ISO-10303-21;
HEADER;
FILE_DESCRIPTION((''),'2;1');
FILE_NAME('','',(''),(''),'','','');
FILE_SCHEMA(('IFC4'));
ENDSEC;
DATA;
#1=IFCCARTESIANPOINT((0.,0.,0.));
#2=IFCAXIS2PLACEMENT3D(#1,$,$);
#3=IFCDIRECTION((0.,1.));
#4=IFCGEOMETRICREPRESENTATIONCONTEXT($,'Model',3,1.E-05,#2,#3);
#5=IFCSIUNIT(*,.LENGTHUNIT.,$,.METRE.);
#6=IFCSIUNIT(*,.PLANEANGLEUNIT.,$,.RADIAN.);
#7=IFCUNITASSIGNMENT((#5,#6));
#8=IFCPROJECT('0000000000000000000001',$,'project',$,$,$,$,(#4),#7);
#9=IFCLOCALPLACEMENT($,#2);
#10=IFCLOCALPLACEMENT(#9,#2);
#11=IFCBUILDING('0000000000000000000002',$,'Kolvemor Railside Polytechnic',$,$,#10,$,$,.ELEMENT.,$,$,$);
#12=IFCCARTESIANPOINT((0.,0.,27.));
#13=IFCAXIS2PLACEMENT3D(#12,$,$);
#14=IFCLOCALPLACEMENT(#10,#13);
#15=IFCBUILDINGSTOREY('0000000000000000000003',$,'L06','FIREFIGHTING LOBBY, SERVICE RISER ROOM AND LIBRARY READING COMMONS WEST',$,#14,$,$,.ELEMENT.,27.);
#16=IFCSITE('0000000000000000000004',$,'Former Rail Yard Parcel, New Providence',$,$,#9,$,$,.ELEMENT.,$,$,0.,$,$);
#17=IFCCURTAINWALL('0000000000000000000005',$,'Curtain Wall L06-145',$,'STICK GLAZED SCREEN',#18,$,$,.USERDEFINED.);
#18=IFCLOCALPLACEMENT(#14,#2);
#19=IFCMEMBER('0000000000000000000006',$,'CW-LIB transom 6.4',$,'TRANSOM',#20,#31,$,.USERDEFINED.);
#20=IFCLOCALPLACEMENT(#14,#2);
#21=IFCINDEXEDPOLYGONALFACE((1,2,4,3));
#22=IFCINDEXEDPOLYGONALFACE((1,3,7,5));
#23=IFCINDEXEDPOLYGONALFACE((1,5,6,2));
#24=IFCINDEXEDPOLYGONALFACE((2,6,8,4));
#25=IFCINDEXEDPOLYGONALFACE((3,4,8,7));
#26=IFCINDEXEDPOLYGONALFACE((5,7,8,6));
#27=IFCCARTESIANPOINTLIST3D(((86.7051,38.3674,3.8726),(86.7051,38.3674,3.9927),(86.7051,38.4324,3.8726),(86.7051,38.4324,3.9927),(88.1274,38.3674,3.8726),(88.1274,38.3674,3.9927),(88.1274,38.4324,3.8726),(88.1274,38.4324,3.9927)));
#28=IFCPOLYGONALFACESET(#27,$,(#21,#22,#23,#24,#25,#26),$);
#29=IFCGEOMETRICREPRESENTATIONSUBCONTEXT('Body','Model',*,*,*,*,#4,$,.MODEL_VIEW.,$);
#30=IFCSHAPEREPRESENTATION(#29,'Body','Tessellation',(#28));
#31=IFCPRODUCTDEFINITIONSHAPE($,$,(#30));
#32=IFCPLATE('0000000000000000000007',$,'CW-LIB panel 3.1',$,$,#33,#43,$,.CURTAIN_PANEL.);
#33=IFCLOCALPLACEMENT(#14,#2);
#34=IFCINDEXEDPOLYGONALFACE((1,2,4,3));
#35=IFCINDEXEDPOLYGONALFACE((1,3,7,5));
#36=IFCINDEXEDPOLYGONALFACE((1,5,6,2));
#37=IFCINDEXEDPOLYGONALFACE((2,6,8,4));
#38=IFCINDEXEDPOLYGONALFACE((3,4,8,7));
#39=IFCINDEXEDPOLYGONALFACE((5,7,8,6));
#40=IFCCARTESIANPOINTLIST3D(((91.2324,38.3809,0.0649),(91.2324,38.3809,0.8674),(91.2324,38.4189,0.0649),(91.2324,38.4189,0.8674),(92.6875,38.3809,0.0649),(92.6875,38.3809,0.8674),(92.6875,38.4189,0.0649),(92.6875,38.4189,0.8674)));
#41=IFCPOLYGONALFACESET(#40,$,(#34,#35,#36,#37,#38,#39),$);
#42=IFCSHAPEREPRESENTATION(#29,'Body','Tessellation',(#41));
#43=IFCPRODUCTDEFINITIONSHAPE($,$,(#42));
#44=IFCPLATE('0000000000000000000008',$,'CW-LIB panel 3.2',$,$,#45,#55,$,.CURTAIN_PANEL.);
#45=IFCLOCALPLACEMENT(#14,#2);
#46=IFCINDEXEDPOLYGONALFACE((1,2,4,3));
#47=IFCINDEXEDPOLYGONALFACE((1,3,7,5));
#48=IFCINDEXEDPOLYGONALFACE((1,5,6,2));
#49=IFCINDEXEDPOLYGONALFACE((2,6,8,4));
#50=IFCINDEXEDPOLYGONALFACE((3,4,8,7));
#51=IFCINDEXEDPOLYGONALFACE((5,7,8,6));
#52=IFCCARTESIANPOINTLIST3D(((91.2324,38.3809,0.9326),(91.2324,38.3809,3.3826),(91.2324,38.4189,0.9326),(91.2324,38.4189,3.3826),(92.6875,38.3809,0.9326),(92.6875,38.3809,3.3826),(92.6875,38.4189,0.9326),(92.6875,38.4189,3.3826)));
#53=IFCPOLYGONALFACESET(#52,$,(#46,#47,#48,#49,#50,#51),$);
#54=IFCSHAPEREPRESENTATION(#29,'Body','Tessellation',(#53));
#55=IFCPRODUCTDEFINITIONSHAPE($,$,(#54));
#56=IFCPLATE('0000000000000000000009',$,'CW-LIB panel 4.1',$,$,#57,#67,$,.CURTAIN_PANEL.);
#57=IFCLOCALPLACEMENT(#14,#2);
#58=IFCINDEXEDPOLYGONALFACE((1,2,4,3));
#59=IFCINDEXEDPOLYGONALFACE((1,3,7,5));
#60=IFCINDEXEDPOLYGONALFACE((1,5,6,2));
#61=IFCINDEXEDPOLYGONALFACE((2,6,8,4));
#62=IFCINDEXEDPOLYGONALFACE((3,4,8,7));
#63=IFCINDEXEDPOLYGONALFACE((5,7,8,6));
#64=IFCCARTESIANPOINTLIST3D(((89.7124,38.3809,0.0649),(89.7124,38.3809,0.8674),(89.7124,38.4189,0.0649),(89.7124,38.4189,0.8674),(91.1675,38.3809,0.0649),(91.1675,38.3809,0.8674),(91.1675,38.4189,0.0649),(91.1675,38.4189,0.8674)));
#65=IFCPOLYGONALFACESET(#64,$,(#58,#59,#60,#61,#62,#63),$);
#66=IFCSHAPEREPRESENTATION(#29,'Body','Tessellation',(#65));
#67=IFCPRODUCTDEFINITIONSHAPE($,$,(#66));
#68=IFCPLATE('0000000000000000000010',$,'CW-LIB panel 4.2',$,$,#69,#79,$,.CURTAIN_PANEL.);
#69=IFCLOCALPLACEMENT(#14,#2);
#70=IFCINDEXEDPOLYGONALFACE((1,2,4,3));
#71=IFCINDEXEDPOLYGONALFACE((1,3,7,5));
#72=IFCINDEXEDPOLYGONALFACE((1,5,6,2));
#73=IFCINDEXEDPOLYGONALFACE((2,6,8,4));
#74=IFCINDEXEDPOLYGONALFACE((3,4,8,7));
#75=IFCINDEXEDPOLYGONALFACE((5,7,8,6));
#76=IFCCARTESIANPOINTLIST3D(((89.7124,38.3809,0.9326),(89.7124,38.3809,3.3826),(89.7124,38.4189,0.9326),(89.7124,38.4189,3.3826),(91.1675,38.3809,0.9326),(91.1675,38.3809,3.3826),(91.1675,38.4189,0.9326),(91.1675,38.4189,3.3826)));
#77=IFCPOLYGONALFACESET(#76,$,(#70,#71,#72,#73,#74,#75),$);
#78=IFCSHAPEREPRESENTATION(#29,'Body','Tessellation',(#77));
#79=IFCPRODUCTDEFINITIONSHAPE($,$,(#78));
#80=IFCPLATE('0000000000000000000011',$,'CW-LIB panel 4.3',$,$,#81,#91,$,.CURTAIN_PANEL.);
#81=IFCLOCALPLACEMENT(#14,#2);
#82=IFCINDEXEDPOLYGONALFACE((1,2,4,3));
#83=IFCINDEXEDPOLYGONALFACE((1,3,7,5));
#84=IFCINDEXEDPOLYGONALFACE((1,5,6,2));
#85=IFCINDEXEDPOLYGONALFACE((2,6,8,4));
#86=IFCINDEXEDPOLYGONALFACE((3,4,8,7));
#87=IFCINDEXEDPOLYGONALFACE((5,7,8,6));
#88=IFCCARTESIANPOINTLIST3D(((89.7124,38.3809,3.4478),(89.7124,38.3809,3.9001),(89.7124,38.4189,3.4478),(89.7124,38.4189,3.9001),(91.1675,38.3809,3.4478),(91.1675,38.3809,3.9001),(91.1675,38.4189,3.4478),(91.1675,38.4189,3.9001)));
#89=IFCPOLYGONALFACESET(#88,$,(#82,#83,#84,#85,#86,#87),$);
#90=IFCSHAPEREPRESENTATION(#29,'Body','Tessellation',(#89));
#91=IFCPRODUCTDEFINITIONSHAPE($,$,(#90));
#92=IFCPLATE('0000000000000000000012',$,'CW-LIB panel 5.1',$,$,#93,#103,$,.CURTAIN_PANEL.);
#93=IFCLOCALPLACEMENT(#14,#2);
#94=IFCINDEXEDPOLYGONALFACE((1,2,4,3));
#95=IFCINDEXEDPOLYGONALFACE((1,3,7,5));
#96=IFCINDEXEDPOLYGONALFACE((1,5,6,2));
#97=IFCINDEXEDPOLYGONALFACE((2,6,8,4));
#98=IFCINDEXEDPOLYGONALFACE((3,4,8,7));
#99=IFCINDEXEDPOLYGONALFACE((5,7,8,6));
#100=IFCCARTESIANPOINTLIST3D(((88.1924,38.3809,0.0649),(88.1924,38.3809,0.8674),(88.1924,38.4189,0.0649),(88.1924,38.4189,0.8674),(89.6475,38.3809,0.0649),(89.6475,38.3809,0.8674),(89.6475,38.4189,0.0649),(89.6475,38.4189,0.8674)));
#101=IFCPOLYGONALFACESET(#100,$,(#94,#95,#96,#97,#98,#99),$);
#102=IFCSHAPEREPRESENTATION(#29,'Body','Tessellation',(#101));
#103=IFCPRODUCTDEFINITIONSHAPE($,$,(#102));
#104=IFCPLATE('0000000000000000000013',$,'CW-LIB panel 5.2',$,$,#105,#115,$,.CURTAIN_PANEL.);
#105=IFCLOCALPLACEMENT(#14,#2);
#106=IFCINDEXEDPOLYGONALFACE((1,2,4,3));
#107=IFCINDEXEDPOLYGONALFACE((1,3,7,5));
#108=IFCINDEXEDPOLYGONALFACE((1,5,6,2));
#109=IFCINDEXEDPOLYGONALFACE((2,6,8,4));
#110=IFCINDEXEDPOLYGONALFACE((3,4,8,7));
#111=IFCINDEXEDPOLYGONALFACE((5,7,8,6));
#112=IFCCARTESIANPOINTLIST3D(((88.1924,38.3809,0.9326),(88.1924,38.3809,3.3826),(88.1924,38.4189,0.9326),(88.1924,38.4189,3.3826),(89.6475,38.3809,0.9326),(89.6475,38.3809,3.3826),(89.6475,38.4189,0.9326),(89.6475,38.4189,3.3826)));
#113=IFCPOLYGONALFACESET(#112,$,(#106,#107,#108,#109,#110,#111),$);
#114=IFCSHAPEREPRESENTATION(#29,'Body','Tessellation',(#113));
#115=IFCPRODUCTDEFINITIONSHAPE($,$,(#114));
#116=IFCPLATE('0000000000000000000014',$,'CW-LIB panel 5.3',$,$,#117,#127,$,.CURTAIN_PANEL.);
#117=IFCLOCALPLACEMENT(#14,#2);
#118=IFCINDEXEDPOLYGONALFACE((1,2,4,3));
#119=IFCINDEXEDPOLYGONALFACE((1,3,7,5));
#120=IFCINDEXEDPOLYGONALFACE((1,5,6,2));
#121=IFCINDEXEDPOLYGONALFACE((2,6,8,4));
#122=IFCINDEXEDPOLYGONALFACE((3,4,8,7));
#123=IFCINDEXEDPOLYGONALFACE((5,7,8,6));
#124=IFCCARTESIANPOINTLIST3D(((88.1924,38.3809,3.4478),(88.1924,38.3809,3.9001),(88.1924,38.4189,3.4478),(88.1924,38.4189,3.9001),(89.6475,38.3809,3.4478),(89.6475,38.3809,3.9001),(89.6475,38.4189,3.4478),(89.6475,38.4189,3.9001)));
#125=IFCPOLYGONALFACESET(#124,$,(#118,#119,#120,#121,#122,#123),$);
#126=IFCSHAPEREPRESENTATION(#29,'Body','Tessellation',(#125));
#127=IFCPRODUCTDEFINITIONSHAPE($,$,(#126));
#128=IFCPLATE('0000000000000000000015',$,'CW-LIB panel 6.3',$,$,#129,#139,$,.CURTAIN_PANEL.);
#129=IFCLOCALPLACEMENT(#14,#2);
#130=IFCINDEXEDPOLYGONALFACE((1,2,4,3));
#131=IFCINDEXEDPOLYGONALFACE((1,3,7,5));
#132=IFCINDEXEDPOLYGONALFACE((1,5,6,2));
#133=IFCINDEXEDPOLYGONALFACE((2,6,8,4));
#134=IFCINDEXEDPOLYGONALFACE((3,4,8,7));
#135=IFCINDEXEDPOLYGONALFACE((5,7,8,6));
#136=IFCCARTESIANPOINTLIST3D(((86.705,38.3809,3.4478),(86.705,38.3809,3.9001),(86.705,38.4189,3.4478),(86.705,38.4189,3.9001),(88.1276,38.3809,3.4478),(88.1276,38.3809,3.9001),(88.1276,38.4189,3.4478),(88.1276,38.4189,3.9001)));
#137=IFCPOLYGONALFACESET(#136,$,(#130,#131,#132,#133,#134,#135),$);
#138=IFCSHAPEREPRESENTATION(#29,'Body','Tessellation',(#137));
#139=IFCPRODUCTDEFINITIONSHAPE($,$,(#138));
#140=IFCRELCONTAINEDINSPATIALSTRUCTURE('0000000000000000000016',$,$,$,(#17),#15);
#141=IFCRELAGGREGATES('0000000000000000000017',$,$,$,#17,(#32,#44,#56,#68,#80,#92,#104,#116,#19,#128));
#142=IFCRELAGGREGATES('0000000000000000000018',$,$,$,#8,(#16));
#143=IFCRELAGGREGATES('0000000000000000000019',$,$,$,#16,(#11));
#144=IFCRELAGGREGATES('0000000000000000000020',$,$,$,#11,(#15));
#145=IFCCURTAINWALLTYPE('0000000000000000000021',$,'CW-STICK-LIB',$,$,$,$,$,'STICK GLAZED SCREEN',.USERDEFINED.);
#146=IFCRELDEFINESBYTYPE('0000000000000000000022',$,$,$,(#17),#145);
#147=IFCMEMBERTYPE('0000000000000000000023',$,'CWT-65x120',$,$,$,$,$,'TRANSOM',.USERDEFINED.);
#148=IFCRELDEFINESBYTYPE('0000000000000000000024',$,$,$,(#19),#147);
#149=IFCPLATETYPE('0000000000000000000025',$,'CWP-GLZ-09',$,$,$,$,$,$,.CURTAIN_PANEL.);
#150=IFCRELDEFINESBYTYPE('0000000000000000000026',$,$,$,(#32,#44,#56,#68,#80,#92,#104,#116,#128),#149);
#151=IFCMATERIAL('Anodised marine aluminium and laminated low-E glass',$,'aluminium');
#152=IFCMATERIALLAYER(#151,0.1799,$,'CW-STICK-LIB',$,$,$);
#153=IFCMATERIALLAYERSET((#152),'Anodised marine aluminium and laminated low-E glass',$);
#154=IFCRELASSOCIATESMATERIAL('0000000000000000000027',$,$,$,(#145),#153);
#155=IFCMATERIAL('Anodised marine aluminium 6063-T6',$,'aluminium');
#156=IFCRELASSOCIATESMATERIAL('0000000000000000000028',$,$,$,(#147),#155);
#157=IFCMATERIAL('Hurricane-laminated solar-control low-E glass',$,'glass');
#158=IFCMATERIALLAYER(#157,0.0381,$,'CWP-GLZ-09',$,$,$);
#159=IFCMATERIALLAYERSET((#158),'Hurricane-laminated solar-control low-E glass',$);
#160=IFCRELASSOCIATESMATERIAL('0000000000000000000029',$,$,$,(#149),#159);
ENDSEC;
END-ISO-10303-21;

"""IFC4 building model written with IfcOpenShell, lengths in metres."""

from ifc_helpers import new_model, si_unit, direction, frame, origin, origin_2d, place, context, subcontext, project, spatial, rectangle, extrude, material, layer, layer_set, material_profile, profile_set, type_object, element, aggregate, save


model = new_model("IFC4")

# Units and contexts
model_context = context("Model", 3, precision=1e-05, world=origin(), true_north=direction((0.0, 1.0)))
body_context = subcontext(model_context, "Body", "Model", "MODEL_VIEW")
ifc_project = project(units=[si_unit("LENGTHUNIT", "METRE"), si_unit("PLANEANGLEUNIT", "RADIAN")], contexts=[model_context])

# Site, building, storey
site_placement = place(None, origin())
site = spatial("IfcSite", under=ifc_project, at=site_placement, Name="Former Rail Yard Parcel, New Providence", CompositionType="ELEMENT", RefElevation=0.0)
building_placement = place(site_placement, origin())
building = spatial("IfcBuilding", under=site, at=building_placement, Name="Kolvemor Railside Polytechnic", CompositionType="ELEMENT")
storey_placement = place(building_placement, frame((0.0, 0.0, 27.0)))
storey = spatial("IfcBuildingStorey", under=building, at=storey_placement, Name="L06", Description="FIREFIGHTING LOBBY, SERVICE RISER ROOM AND LIBRARY READING COMMONS WEST", CompositionType="ELEMENT", Elevation=27.0)

# Curtain wall, member, plates
ifc_material_1 = material(Name="Anodised marine aluminium and laminated low-E glass", Category="aluminium")
ifc_layer_1 = layer(ifc_material_1, 0.1799, Name="CW-STICK-LIB")
ifc_layer_set_1 = layer_set([ifc_layer_1], Name="Anodised marine aluminium and laminated low-E glass")
curtain_wall_type = type_object("IfcCurtainWallType", Name="CW-STICK-LIB", ElementType="STICK GLAZED SCREEN", PredefinedType="USERDEFINED", material=ifc_layer_set_1)
curtain_wall_placement = place(storey_placement, origin())
curtain_wall = element("IfcCurtainWall", 1, at=curtain_wall_placement, inside=storey, type_object=curtain_wall_type, Name="Curtain Wall L06-145", ObjectType="STICK GLAZED SCREEN", PredefinedType="USERDEFINED")
ifc_material_2 = material(Name="Anodised marine aluminium 6063-T6", Category="aluminium")
ifc_material_profile_1 = material_profile(ifc_material_2, rectangle(XDim=0.0649, YDim=0.1201, at=origin_2d()), Name="CW-TRN-65x120")
ifc_profile_set_1 = profile_set([ifc_material_profile_1], Name="Anodised marine aluminium 6063-T6")
member_type_1 = type_object("IfcMemberType", Name="CWT-65x120", ElementType="TRANSOM", PredefinedType="USERDEFINED", material=ifc_profile_set_1)
member_1_placement = place(storey_placement, frame((88.1274, 38.3999, 3.9326), z_axis=(-1.0, 0.0, 0.0), x_axis=(0.0, -1.0, 0.0)))
member_1 = element("IfcMember", 2, at=member_1_placement, type_object=member_type_1, Name="CW-LIB transom 6.4", ObjectType="TRANSOM", PredefinedType="USERDEFINED", context=body_context, shape_type="SweptSolid", body=[
    extrude(rectangle(XDim=0.0649, YDim=0.1201, at=origin_2d()), origin(), (0.0, 0.0, 1.0), 1.4224),
])
ifc_material_3 = material(Name="Hurricane-laminated solar-control low-E glass", Category="glass")
ifc_layer_2 = layer(ifc_material_3, 0.0381, Name="CWP-GLZ-09")
ifc_layer_set_2 = layer_set([ifc_layer_2], Name="Hurricane-laminated solar-control low-E glass")
plate_type = type_object("IfcPlateType", Name="CWP-GLZ-09", PredefinedType="CURTAIN_PANEL", material=ifc_layer_set_2)
plate_1_placement = place(storey_placement, frame((91.96, 38.3999, 0.0649), z_axis=(0.0, 0.0, 1.0), x_axis=(-1.0, 0.0, 0.0)))
plate_1 = element("IfcPlate", 3, at=plate_1_placement, type_object=plate_type, Name="CW-LIB panel 3.1", PredefinedType="CURTAIN_PANEL", context=body_context, shape_type="SweptSolid", body=[
    extrude(rectangle(XDim=1.4551, YDim=0.0381, at=origin_2d()), origin(), (0.0, 0.0, 1.0), 0.8025),
])
plate_2_placement = place(storey_placement, frame((91.96, 38.3999, 0.9326), z_axis=(0.0, 0.0, 1.0), x_axis=(-1.0, 0.0, 0.0)))
plate_2 = element("IfcPlate", 4, at=plate_2_placement, type_object=plate_type, Name="CW-LIB panel 3.2", PredefinedType="CURTAIN_PANEL", context=body_context, shape_type="SweptSolid", body=[
    extrude(rectangle(XDim=1.4551, YDim=0.0381, at=origin_2d()), origin(), (0.0, 0.0, 1.0), 2.45),
])
plate_3_placement = place(storey_placement, frame((90.4399, 38.3999, 0.0649), z_axis=(0.0, 0.0, 1.0), x_axis=(-1.0, 0.0, 0.0)))
plate_3 = element("IfcPlate", 5, at=plate_3_placement, type_object=plate_type, Name="CW-LIB panel 4.1", PredefinedType="CURTAIN_PANEL", context=body_context, shape_type="SweptSolid", body=[
    extrude(rectangle(XDim=1.4551, YDim=0.0381, at=origin_2d()), origin(), (0.0, 0.0, 1.0), 0.8025),
])
plate_4_placement = place(storey_placement, frame((90.4399, 38.3999, 0.9326), z_axis=(0.0, 0.0, 1.0), x_axis=(-1.0, 0.0, 0.0)))
plate_4 = element("IfcPlate", 6, at=plate_4_placement, type_object=plate_type, Name="CW-LIB panel 4.2", PredefinedType="CURTAIN_PANEL", context=body_context, shape_type="SweptSolid", body=[
    extrude(rectangle(XDim=1.4551, YDim=0.0381, at=origin_2d()), origin(), (0.0, 0.0, 1.0), 2.45),
])
plate_5_placement = place(storey_placement, frame((90.4399, 38.3999, 3.4478), z_axis=(0.0, 0.0, 1.0), x_axis=(-1.0, 0.0, 0.0)))
plate_5 = element("IfcPlate", 7, at=plate_5_placement, type_object=plate_type, Name="CW-LIB panel 4.3", PredefinedType="CURTAIN_PANEL", context=body_context, shape_type="SweptSolid", body=[
    extrude(rectangle(XDim=1.4551, YDim=0.0381, at=origin_2d()), origin(), (0.0, 0.0, 1.0), 0.4524),
])
plate_6_placement = place(storey_placement, frame((88.9199, 38.3999, 0.0649), z_axis=(0.0, 0.0, 1.0), x_axis=(-1.0, 0.0, 0.0)))
plate_6 = element("IfcPlate", 8, at=plate_6_placement, type_object=plate_type, Name="CW-LIB panel 5.1", PredefinedType="CURTAIN_PANEL", context=body_context, shape_type="SweptSolid", body=[
    extrude(rectangle(XDim=1.4551, YDim=0.0381, at=origin_2d()), origin(), (0.0, 0.0, 1.0), 0.8025),
])
plate_7_placement = place(storey_placement, frame((88.9199, 38.3999, 0.9326), z_axis=(0.0, 0.0, 1.0), x_axis=(-1.0, 0.0, 0.0)))
plate_7 = element("IfcPlate", 9, at=plate_7_placement, type_object=plate_type, Name="CW-LIB panel 5.2", PredefinedType="CURTAIN_PANEL", context=body_context, shape_type="SweptSolid", body=[
    extrude(rectangle(XDim=1.4551, YDim=0.0381, at=origin_2d()), origin(), (0.0, 0.0, 1.0), 2.45),
])
plate_8_placement = place(storey_placement, frame((88.9199, 38.3999, 3.4478), z_axis=(0.0, 0.0, 1.0), x_axis=(-1.0, 0.0, 0.0)))
plate_8 = element("IfcPlate", 10, at=plate_8_placement, type_object=plate_type, Name="CW-LIB panel 5.3", PredefinedType="CURTAIN_PANEL", context=body_context, shape_type="SweptSolid", body=[
    extrude(rectangle(XDim=1.4551, YDim=0.0381, at=origin_2d()), origin(), (0.0, 0.0, 1.0), 0.4524),
])
plate_9_placement = place(storey_placement, frame((87.4163, 38.3999, 3.4478), z_axis=(0.0, 0.0, 1.0), x_axis=(-1.0, 0.0, 0.0)))
plate_9 = element("IfcPlate", 11, at=plate_9_placement, type_object=plate_type, Name="CW-LIB panel 6.3", PredefinedType="CURTAIN_PANEL", context=body_context, shape_type="SweptSolid", body=[
    extrude(rectangle(XDim=1.4226, YDim=0.0381, at=origin_2d()), origin(), (0.0, 0.0, 1.0), 0.4524),
])
aggregate(curtain_wall, [plate_1, plate_2, plate_3, plate_4, plate_5, plate_6, plate_7, plate_8, member_1, plate_9])

save(model, "model.ifc")
